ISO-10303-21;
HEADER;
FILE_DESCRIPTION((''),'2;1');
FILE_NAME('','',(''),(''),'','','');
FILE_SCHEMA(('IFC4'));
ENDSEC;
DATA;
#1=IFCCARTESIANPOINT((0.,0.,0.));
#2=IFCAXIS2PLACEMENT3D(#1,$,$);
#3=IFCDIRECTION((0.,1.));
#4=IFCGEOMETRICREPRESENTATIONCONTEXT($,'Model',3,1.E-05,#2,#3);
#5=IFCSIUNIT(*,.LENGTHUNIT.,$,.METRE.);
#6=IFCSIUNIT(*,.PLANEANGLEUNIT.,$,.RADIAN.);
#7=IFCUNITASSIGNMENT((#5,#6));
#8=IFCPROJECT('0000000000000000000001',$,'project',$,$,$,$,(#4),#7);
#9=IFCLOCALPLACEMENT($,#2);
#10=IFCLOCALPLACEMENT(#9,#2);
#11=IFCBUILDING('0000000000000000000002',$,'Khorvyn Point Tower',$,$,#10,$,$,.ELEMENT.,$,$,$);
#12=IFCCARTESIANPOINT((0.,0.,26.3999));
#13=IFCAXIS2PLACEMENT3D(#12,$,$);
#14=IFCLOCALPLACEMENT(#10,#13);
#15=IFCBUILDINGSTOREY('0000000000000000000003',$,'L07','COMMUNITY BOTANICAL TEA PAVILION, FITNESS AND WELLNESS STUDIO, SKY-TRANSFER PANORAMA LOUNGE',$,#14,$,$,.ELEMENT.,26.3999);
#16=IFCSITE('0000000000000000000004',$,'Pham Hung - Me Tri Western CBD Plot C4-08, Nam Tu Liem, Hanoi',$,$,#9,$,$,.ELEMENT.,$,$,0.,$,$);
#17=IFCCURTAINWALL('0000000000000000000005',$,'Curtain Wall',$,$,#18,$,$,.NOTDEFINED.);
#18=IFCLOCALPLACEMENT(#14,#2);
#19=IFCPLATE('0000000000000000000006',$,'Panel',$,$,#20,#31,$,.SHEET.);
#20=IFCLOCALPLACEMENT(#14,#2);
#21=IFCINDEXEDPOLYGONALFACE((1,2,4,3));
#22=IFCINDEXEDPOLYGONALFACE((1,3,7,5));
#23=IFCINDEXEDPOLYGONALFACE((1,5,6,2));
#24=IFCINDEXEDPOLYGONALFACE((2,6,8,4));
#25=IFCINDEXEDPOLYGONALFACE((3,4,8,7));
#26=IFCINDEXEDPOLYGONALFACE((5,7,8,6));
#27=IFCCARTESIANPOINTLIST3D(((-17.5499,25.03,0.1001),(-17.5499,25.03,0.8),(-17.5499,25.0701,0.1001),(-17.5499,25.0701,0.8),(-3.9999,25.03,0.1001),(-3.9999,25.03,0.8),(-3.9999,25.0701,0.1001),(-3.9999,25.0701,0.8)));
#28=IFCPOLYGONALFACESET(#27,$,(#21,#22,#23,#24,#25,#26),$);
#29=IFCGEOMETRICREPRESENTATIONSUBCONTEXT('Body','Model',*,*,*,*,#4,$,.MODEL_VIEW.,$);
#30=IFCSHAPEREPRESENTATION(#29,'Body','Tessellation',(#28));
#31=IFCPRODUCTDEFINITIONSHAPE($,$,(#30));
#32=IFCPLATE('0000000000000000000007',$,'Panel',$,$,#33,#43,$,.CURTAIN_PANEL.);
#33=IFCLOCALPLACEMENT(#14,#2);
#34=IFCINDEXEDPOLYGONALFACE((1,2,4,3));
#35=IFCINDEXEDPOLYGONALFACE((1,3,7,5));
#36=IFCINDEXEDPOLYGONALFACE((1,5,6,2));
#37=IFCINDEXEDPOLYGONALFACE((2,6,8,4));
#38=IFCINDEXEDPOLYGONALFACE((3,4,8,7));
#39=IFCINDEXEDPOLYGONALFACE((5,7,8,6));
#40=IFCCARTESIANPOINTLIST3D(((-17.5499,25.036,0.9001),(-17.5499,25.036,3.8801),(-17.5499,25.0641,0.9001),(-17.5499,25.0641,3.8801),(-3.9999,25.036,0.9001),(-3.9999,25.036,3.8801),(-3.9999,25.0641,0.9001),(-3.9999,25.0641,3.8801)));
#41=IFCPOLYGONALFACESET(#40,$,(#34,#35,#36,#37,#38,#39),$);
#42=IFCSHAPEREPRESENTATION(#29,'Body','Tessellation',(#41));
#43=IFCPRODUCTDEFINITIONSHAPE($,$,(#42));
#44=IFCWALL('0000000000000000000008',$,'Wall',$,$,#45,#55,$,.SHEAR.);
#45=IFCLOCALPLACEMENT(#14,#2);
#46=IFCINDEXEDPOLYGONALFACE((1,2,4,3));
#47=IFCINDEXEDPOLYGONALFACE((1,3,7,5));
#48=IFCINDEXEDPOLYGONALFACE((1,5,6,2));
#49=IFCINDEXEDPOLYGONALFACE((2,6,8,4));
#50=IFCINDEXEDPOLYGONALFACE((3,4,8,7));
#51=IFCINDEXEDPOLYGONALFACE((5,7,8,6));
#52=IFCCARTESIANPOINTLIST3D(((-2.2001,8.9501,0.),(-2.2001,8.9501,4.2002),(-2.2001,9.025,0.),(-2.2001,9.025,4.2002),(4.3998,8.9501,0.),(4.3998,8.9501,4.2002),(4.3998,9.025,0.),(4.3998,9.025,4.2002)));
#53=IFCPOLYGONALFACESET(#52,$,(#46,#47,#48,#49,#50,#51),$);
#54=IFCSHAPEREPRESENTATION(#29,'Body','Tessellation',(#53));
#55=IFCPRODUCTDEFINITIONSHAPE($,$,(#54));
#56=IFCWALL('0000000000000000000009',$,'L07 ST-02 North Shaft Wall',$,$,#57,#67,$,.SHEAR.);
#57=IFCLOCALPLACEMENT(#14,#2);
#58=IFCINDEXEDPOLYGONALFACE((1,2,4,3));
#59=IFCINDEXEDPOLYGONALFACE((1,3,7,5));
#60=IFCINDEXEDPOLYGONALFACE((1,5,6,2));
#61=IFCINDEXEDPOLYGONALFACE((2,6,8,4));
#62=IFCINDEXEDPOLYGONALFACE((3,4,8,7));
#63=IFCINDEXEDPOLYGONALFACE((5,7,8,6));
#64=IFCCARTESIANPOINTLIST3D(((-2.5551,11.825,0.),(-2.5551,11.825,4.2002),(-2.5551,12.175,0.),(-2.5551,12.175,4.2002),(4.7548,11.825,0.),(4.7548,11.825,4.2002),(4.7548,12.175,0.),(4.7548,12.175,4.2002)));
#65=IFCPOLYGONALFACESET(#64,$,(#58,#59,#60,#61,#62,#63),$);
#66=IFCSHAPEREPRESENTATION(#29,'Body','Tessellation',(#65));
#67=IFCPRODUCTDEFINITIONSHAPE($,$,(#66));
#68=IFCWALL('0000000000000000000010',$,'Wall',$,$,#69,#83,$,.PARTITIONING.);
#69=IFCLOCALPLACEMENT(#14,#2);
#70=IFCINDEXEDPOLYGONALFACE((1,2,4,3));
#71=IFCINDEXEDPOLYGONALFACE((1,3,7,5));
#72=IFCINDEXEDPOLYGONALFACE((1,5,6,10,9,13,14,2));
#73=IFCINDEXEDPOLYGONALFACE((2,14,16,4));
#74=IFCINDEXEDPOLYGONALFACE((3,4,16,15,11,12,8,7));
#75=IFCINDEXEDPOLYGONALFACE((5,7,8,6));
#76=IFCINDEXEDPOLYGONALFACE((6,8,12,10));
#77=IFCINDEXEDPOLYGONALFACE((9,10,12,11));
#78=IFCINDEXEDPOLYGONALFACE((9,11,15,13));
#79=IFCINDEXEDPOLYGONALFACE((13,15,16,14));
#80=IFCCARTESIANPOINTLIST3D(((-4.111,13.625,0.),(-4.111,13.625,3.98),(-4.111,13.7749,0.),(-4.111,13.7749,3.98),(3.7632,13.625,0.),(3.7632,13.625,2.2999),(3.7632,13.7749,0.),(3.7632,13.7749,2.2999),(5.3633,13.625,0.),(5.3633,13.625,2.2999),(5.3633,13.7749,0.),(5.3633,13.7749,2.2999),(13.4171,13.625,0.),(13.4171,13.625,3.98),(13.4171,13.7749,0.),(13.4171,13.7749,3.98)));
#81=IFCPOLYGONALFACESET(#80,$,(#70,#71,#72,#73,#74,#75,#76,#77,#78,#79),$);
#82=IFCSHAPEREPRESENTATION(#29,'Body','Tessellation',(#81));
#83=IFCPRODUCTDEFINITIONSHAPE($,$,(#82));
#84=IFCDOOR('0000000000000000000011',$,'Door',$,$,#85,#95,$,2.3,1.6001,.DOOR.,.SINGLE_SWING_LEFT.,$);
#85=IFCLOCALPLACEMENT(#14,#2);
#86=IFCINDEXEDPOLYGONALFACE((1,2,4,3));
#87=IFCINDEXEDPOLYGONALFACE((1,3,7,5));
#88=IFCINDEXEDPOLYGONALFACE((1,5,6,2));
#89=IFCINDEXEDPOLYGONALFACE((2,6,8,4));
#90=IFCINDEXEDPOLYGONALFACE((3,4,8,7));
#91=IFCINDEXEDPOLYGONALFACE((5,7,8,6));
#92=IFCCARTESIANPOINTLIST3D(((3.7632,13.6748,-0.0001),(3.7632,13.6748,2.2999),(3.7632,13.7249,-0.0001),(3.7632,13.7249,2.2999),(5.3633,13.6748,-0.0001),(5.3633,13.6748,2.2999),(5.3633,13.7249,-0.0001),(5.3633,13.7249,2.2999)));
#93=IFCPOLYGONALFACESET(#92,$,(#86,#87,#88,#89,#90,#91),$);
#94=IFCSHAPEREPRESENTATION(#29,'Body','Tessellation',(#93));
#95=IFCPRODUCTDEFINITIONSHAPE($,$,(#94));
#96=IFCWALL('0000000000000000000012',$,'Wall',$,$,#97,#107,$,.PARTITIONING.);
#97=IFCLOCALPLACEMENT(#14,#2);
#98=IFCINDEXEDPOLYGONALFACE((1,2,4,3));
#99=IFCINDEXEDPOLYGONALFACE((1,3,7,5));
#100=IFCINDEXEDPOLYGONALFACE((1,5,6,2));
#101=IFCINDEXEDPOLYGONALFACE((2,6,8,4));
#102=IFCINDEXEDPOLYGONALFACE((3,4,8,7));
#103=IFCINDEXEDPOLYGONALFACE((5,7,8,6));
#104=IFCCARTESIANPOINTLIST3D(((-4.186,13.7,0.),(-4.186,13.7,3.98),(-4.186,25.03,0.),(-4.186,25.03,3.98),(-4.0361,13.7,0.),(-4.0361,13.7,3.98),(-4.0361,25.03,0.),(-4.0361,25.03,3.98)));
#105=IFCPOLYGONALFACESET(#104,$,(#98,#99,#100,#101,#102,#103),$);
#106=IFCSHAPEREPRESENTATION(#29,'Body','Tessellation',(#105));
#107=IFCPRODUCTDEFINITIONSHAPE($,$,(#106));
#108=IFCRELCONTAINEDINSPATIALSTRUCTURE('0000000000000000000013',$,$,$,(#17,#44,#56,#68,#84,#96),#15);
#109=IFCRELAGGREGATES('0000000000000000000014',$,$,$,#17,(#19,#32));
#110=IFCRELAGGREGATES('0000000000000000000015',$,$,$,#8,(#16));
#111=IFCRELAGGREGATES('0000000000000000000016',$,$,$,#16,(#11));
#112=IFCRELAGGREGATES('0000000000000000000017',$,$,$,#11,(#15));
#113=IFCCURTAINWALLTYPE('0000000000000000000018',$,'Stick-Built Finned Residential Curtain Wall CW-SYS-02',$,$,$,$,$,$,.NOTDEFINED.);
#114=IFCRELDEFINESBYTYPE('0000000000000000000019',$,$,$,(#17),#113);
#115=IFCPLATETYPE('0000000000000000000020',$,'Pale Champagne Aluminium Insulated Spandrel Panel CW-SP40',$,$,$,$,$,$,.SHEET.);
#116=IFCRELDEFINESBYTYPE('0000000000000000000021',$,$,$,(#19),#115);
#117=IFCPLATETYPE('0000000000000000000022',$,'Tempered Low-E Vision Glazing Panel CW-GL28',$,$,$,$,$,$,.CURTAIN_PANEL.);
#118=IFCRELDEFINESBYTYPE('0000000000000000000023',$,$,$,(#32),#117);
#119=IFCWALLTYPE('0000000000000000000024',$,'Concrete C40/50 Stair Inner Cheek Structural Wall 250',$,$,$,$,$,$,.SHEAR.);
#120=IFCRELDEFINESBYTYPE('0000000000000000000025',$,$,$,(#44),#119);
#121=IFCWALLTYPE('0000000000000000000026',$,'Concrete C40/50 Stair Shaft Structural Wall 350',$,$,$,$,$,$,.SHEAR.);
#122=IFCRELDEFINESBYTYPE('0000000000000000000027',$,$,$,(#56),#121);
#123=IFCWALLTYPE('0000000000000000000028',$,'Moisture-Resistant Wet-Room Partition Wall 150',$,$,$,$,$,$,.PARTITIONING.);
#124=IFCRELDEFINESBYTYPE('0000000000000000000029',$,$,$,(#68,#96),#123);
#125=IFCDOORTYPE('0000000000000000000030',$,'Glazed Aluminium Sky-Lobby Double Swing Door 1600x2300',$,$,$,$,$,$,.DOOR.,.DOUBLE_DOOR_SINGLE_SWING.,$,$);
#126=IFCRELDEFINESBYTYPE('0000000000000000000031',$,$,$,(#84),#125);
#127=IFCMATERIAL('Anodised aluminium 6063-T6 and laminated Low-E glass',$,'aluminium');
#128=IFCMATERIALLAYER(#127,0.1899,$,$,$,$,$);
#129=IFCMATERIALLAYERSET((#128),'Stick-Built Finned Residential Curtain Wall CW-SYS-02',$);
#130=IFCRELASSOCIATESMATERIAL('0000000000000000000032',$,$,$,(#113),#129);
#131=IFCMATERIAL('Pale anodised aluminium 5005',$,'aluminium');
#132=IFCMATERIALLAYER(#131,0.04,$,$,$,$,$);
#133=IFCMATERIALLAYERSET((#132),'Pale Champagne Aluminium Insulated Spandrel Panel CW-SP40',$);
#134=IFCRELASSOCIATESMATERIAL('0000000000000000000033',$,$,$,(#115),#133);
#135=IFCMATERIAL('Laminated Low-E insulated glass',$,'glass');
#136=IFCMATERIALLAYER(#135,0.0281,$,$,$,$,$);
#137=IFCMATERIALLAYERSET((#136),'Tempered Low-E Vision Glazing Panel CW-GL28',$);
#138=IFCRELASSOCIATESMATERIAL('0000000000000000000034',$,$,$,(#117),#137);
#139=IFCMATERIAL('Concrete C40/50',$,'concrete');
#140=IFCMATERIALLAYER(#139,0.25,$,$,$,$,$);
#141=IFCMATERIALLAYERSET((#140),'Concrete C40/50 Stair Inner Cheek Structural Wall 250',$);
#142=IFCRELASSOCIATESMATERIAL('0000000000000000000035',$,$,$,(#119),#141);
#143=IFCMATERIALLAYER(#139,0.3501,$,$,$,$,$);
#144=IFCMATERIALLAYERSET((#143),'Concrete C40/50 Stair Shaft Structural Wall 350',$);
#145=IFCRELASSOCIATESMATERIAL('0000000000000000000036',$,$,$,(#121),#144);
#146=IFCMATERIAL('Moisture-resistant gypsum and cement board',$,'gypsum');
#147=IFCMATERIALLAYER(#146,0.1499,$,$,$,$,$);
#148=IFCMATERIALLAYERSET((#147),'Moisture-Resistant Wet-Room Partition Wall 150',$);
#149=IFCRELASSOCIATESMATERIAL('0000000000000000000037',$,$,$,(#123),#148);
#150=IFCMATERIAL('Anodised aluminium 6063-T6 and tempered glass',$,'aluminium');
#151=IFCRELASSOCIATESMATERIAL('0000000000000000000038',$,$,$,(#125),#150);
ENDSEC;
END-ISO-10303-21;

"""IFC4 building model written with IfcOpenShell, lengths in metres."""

from ifc_helpers import new_model, si_unit, direction, frame, frame_2d, origin, origin_2d, place, context, subcontext, project, spatial, rectangle, extrude, material, layer, layer_set, type_object, element, fill, aggregate, save


model = new_model("IFC4")

# Units and contexts
model_context = context("Model", 3, precision=1e-05, world=origin(), true_north=direction((0.0, 1.0)))
body_context = subcontext(model_context, "Body", "Model", "MODEL_VIEW")
ifc_project = project(units=[si_unit("LENGTHUNIT", "METRE"), si_unit("PLANEANGLEUNIT", "RADIAN")], contexts=[model_context])

# Site, building, storey
site_placement = place(None, origin())
site = spatial("IfcSite", under=ifc_project, at=site_placement, Name="Pham Hung - Me Tri Western CBD Plot C4-08, Nam Tu Liem, Hanoi", CompositionType="ELEMENT", RefElevation=0.0)
building_placement = place(site_placement, origin())
building = spatial("IfcBuilding", under=site, at=building_placement, Name="Khorvyn Point Tower", CompositionType="ELEMENT")
storey_placement = place(building_placement, frame((0.0, 0.0, 26.3999)))
storey = spatial("IfcBuildingStorey", under=building, at=storey_placement, Name="L07", Description="COMMUNITY BOTANICAL TEA PAVILION, FITNESS AND WELLNESS STUDIO, SKY-TRANSFER PANORAMA LOUNGE", CompositionType="ELEMENT", Elevation=26.3999)

# Curtain wall
ifc_material_1 = material(Name="Anodised aluminium 6063-T6 and laminated Low-E glass", Category="aluminium")
ifc_layer_1 = layer(ifc_material_1, 0.1899)
ifc_layer_set_1 = layer_set([ifc_layer_1], Name="Stick-Built Finned Residential Curtain Wall CW-SYS-02")
curtain_wall_type = type_object("IfcCurtainWallType", Name="Stick-Built Finned Residential Curtain Wall CW-SYS-02", PredefinedType="NOTDEFINED", material=ifc_layer_set_1)
curtain_wall_placement = place(storey_placement, origin())
curtain_wall = element("IfcCurtainWall", 1, at=curtain_wall_placement, inside=storey, type_object=curtain_wall_type, Name="Curtain Wall", PredefinedType="NOTDEFINED")

# Plates
ifc_material_2 = material(Name="Pale anodised aluminium 5005", Category="aluminium")
ifc_layer_2 = layer(ifc_material_2, 0.04)
ifc_layer_set_2 = layer_set([ifc_layer_2], Name="Pale Champagne Aluminium Insulated Spandrel Panel CW-SP40")
plate_type_1 = type_object("IfcPlateType", Name="Pale Champagne Aluminium Insulated Spandrel Panel CW-SP40", PredefinedType="SHEET", material=ifc_layer_set_2)
plate_1_placement = place(storey_placement, frame((-10.7749, 25.05, 0.1001), z_axis=(0.0, 0.0, 1.0), x_axis=(1.0, 0.0, 0.0)))
plate_1 = element("IfcPlate", 2, at=plate_1_placement, type_object=plate_type_1, Name="Panel", PredefinedType="SHEET", context=body_context, shape_type="SweptSolid", body=[
    extrude(rectangle(XDim=13.55, YDim=0.04, at=origin_2d()), origin(), (0.0, 0.0, 1.0), 0.7),
])
ifc_material_3 = material(Name="Laminated Low-E insulated glass", Category="glass")
ifc_layer_3 = layer(ifc_material_3, 0.0281)
ifc_layer_set_3 = layer_set([ifc_layer_3], Name="Tempered Low-E Vision Glazing Panel CW-GL28")
plate_type_2 = type_object("IfcPlateType", Name="Tempered Low-E Vision Glazing Panel CW-GL28", PredefinedType="CURTAIN_PANEL", material=ifc_layer_set_3)
plate_2_placement = place(storey_placement, frame((-10.7749, 25.05, 0.9001), z_axis=(0.0, 0.0, 1.0), x_axis=(1.0, 0.0, 0.0)))
plate_2 = element("IfcPlate", 3, at=plate_2_placement, type_object=plate_type_2, Name="Panel", PredefinedType="CURTAIN_PANEL", context=body_context, shape_type="SweptSolid", body=[
    extrude(rectangle(XDim=13.55, YDim=0.0281, at=origin_2d()), origin(), (0.0, 0.0, 1.0), 2.98),
])
aggregate(curtain_wall, [plate_1, plate_2])

# Walls
ifc_material_4 = material(Name="Concrete C40/50", Category="concrete")
ifc_layer_4 = layer(ifc_material_4, 0.25)
ifc_layer_set_4 = layer_set([ifc_layer_4], Name="Concrete C40/50 Stair Inner Cheek Structural Wall 250")
wall_type_1 = type_object("IfcWallType", Name="Concrete C40/50 Stair Inner Cheek Structural Wall 250", PredefinedType="SHEAR", material=ifc_layer_set_4)
wall_1_placement = place(storey_placement, frame((-2.2, 8.9875, 0.0), z_axis=(0.0, 0.0, 1.0), x_axis=(1.0, 0.0, 0.0)))
element("IfcWall", 4, at=wall_1_placement, inside=storey, type_object=wall_type_1, Name="Wall", PredefinedType="SHEAR", context=body_context, shape_type="SweptSolid", body=[
    extrude(rectangle(XDim=6.5999, YDim=0.075, at=frame_2d((3.2998, 0.0))), origin(), (0.0, 0.0, 1.0), 4.2002),
])
ifc_layer_5 = layer(ifc_material_4, 0.3501)
ifc_layer_set_5 = layer_set([ifc_layer_5], Name="Concrete C40/50 Stair Shaft Structural Wall 350")
wall_type_2 = type_object("IfcWallType", Name="Concrete C40/50 Stair Shaft Structural Wall 350", PredefinedType="SHEAR", material=ifc_layer_set_5)
wall_2_placement = place(storey_placement, frame((-2.5549, 12.0, 0.0), z_axis=(0.0, 0.0, 1.0), x_axis=(1.0, 0.0, 0.0)))
element("IfcWall", 5, at=wall_2_placement, inside=storey, type_object=wall_type_2, Name="L07 ST-02 North Shaft Wall", PredefinedType="SHEAR", context=body_context, shape_type="SweptSolid", body=[
    extrude(rectangle(XDim=7.3098, YDim=0.3501, at=frame_2d((3.6548, 0.0))), origin(), (0.0, 0.0, 1.0), 4.2002),
])

# Wall, opening, door
ifc_material_5 = material(Name="Moisture-resistant gypsum and cement board", Category="gypsum")
ifc_layer_6 = layer(ifc_material_5, 0.1499)
ifc_layer_set_6 = layer_set([ifc_layer_6], Name="Moisture-Resistant Wet-Room Partition Wall 150")
wall_type_3 = type_object("IfcWallType", Name="Moisture-Resistant Wet-Room Partition Wall 150", PredefinedType="PARTITIONING", material=ifc_layer_set_6)
wall_3_placement = place(storey_placement, frame((-4.1111, 13.7, 0.0), z_axis=(0.0, 0.0, 1.0), x_axis=(1.0, 0.0, 0.0)))
wall_3 = element("IfcWall", 6, at=wall_3_placement, inside=storey, type_object=wall_type_3, Name="Wall", PredefinedType="PARTITIONING", context=body_context, shape_type="SweptSolid", body=[
    extrude(rectangle(XDim=17.5281, YDim=0.1499, at=frame_2d((8.7642, 0.0))), origin(), (0.0, 0.0, 1.0), 3.98),
])
opening_placement = place(wall_3_placement, frame((7.8743, 0.0, 0.0)))
opening = element("IfcOpeningElement", 7, at=opening_placement, cuts=wall_3, PredefinedType="OPENING", context=body_context, shape_type="SweptSolid", body=[
    extrude(rectangle(XDim=1.6001, YDim=2.3, at=frame_2d((0.8, 1.1499))), frame((0.0, 0.085, 0.0), z_axis=(0.0, -1.0, 0.0), x_axis=(1.0, 0.0, 0.0)), (0.0, 0.0, 1.0), 0.1699),
])
ifc_material_6 = material(Name="Anodised aluminium 6063-T6 and tempered glass", Category="aluminium")
door_type = type_object("IfcDoorType", Name="Glazed Aluminium Sky-Lobby Double Swing Door 1600x2300", OperationType="DOUBLE_DOOR_SINGLE_SWING", PredefinedType="DOOR", material=ifc_material_6)
door_placement = place(opening_placement, origin())
door = element("IfcDoor", 8, at=door_placement, inside=storey, type_object=door_type, Name="Door", OperationType="SINGLE_SWING_LEFT", OverallHeight=2.3, OverallWidth=1.6001, PredefinedType="DOOR", context=body_context, shape_type="SweptSolid", body=[
    extrude(rectangle(XDim=1.6001, YDim=2.3, at=frame_2d((0.8, 1.1499))), frame((0.0, 0.0249, 0.0), z_axis=(0.0, -1.0, 0.0), x_axis=(1.0, 0.0, 0.0)), (0.0, 0.0, 1.0), 0.05),
])
fill(opening, door)

# Wall
wall_4_placement = place(storey_placement, frame((-4.1111, 13.7, 0.0), z_axis=(0.0, 0.0, 1.0), x_axis=(0.0, 1.0, 0.0)))
element("IfcWall", 9, at=wall_4_placement, inside=storey, type_object=wall_type_3, Name="Wall", PredefinedType="PARTITIONING", context=body_context, shape_type="SweptSolid", body=[
    extrude(rectangle(XDim=11.3301, YDim=0.1499, at=frame_2d((5.665, 0.0))), origin(), (0.0, 0.0, 1.0), 3.98),
])

save(model, "model.ifc")
